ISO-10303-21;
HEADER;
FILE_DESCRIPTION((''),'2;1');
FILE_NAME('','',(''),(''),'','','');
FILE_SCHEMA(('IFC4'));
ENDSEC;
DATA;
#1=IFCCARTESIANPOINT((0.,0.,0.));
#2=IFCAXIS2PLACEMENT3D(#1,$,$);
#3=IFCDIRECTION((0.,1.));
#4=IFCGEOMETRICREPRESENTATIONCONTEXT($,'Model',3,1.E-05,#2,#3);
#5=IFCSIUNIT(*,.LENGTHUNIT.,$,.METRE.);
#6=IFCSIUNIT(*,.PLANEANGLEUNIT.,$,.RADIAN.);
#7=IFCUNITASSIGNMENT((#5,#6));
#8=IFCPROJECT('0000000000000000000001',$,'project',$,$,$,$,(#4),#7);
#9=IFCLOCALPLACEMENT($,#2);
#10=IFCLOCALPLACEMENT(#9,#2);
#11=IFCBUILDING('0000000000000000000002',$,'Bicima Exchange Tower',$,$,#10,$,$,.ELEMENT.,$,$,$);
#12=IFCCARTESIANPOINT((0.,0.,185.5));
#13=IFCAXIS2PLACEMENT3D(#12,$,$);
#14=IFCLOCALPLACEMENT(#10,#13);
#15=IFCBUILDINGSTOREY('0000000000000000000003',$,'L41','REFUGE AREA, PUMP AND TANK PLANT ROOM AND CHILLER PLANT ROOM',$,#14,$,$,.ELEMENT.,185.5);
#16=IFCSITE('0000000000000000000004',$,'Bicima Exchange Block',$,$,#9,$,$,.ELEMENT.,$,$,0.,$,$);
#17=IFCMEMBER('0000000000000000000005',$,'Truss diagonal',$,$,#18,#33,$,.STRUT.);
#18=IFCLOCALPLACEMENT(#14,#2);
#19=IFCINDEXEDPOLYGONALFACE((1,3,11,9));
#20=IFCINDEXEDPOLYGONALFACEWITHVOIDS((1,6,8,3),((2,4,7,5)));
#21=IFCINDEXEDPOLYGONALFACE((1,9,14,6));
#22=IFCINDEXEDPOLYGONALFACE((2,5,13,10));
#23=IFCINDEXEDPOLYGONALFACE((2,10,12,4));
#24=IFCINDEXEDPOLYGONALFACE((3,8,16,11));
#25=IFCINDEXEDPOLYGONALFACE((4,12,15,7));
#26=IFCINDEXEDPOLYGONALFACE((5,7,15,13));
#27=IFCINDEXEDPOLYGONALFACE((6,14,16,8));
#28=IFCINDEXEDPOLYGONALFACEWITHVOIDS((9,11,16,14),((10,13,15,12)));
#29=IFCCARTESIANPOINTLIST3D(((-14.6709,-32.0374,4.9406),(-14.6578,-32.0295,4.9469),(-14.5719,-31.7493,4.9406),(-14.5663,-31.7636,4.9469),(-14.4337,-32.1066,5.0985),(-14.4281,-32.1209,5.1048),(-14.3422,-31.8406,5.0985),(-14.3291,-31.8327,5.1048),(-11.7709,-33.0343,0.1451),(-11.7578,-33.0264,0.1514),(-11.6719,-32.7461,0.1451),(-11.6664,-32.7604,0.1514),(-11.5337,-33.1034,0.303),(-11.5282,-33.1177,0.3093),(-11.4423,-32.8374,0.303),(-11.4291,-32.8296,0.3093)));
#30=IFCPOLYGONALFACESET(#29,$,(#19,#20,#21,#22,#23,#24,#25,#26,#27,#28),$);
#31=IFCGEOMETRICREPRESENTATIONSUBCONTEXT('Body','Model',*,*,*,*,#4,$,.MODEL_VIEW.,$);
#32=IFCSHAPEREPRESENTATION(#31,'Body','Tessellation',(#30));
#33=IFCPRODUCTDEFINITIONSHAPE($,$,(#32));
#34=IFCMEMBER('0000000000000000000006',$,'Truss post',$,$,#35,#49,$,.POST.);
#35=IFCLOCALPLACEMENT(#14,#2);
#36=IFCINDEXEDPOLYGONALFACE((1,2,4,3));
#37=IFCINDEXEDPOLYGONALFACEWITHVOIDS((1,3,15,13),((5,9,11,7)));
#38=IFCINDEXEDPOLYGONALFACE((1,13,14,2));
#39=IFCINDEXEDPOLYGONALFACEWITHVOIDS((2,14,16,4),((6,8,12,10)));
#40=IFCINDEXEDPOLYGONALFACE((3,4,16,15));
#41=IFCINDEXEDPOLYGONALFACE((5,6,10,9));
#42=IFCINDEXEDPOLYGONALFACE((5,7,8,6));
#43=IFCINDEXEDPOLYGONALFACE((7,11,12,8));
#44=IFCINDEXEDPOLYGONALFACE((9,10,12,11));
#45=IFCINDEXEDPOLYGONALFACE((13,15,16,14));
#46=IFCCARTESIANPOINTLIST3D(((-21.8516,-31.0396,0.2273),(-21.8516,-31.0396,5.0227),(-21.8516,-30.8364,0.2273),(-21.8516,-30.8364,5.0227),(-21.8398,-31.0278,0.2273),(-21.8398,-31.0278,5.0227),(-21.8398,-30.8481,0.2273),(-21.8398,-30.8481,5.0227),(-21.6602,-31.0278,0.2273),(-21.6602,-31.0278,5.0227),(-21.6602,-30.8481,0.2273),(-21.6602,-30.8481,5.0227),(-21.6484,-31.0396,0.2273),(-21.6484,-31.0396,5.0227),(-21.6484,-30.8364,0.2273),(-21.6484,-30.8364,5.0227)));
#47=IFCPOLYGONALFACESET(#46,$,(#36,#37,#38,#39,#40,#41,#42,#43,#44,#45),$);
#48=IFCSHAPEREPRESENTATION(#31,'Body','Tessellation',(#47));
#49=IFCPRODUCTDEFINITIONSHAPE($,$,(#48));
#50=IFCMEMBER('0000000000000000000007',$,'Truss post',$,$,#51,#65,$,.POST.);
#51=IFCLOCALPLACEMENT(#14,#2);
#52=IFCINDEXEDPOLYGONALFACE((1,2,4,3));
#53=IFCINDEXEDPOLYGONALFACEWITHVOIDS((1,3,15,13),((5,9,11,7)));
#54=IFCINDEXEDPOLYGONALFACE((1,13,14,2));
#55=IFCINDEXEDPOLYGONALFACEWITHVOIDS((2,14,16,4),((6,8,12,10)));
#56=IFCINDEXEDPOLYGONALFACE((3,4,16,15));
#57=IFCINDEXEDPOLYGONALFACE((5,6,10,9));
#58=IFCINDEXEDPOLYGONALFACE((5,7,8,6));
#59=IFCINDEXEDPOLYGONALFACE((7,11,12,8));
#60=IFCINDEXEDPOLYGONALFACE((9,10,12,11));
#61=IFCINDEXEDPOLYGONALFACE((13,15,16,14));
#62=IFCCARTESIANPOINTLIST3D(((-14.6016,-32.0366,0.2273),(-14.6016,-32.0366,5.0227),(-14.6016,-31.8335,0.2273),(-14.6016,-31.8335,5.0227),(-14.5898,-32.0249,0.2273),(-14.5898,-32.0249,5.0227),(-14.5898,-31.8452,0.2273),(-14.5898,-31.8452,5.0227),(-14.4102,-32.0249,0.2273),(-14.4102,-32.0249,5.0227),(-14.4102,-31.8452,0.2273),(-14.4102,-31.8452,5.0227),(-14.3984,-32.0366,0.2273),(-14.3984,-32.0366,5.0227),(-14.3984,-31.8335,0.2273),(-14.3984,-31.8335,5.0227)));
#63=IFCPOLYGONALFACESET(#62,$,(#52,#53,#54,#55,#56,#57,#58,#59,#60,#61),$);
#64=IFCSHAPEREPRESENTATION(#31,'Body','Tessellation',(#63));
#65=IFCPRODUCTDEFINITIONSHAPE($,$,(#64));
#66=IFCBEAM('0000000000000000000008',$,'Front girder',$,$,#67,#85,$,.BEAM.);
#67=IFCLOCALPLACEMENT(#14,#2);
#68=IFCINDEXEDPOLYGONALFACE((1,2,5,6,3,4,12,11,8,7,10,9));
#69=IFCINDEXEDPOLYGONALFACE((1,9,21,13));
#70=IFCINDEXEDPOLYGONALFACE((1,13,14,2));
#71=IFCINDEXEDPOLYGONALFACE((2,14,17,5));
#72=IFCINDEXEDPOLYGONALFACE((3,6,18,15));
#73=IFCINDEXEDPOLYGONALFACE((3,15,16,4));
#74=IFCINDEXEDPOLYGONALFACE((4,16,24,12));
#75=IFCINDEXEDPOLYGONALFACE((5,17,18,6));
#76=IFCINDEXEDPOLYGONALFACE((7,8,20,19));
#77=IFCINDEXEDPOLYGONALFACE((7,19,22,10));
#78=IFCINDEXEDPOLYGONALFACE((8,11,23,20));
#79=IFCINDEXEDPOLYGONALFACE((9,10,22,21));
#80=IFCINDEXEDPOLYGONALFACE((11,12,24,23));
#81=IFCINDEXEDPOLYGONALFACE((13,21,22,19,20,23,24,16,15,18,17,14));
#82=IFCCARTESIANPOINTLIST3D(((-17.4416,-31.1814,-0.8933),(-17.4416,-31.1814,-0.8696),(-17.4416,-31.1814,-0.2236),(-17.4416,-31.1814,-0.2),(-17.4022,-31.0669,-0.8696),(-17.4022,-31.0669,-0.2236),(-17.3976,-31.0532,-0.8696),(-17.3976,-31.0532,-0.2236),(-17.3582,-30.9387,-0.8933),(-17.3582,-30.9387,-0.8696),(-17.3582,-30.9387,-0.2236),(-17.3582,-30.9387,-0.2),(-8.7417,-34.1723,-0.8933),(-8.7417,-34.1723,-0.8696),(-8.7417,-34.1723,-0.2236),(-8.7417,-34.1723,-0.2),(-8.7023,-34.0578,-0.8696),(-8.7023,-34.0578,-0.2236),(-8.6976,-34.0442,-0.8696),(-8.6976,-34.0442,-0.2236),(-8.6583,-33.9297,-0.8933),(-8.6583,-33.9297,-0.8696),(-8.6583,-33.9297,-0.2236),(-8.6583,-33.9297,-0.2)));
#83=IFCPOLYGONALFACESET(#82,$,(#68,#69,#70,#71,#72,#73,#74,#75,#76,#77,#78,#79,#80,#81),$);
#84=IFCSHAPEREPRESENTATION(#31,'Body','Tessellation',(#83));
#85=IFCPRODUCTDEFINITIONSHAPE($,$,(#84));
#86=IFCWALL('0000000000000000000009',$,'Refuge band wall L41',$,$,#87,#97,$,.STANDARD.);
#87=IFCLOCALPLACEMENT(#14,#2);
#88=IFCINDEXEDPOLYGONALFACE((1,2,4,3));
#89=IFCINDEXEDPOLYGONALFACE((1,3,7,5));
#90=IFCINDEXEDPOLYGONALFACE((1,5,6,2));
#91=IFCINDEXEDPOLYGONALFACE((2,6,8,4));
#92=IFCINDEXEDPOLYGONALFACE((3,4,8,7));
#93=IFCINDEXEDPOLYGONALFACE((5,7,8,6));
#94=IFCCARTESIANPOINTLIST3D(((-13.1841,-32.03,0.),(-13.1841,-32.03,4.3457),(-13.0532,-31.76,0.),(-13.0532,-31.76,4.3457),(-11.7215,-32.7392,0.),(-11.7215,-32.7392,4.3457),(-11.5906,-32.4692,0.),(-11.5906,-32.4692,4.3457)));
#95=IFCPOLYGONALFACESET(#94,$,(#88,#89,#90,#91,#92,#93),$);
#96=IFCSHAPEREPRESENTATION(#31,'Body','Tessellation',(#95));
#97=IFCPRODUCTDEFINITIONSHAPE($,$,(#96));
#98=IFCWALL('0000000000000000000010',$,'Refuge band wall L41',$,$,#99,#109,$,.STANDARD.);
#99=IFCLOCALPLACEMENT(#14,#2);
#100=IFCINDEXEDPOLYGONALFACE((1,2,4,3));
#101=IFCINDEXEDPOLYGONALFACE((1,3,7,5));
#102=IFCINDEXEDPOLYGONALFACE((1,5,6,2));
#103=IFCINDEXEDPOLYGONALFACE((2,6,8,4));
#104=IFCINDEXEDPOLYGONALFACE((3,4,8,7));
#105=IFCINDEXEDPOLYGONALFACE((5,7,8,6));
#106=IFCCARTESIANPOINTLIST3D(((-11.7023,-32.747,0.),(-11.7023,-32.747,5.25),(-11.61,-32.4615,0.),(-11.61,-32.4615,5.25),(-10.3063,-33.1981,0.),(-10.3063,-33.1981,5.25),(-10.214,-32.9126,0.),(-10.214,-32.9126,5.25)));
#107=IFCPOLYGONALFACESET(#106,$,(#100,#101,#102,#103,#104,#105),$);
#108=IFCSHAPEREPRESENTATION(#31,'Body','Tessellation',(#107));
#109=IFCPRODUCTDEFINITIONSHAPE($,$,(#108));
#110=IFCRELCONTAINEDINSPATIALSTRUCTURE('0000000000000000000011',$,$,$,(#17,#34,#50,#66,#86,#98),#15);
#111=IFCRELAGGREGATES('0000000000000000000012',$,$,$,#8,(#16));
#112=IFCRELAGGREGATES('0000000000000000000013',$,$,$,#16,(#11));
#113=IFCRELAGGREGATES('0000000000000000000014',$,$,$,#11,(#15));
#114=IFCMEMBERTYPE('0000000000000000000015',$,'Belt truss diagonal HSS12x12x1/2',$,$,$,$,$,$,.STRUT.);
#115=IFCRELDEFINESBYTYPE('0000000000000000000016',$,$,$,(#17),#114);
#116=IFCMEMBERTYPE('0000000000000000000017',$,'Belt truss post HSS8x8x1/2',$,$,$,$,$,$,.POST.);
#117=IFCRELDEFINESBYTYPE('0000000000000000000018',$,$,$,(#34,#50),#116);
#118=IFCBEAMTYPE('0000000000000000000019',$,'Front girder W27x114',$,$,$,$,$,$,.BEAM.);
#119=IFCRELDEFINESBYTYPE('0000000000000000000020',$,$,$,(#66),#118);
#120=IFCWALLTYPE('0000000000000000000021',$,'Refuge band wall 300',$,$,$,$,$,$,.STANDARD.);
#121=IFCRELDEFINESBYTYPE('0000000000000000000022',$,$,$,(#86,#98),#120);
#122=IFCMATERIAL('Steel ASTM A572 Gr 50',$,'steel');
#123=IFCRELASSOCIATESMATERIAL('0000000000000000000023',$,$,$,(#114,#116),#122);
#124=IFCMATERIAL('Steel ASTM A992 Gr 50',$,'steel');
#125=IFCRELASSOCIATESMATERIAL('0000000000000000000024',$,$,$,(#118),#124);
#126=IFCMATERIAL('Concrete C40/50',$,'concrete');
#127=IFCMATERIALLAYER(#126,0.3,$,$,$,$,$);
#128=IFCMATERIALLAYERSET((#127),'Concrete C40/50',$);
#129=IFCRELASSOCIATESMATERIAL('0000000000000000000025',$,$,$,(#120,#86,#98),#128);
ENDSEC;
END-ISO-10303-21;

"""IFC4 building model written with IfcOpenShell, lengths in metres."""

from ifc_helpers import new_model, si_unit, direction, frame, frame_2d, origin, origin_2d, place, context, subcontext, project, spatial, rectangle, hollow_rectangle, i_section, extrude, material, layer, layer_set, layer_usage, material_profile, profile_set, type_object, element, save


model = new_model("IFC4")

# Units and contexts
model_context = context("Model", 3, precision=1e-05, world=origin(), true_north=direction((0.0, 1.0)))
body_context = subcontext(model_context, "Body", "Model", "MODEL_VIEW")
ifc_project = project(units=[si_unit("LENGTHUNIT", "METRE"), si_unit("PLANEANGLEUNIT", "RADIAN")], contexts=[model_context])

# Site, building, storey
site_placement = place(None, origin())
site = spatial("IfcSite", under=ifc_project, at=site_placement, Name="Bicima Exchange Block", CompositionType="ELEMENT", RefElevation=0.0)
building_placement = place(site_placement, origin())
building = spatial("IfcBuilding", under=site, at=building_placement, Name="Bicima Exchange Tower", CompositionType="ELEMENT")
storey_placement = place(building_placement, frame((0.0, 0.0, 185.5)))
storey = spatial("IfcBuildingStorey", under=building, at=storey_placement, Name="L41", Description="REFUGE AREA, PUMP AND TANK PLANT ROOM AND CHILLER PLANT ROOM", CompositionType="ELEMENT", Elevation=185.5)

# Shared definitions
ifc_material_1 = material(Name="Steel ASTM A992 Gr 50", Category="steel")

# Members
ifc_material_2 = material(Name="Steel ASTM A572 Gr 50", Category="steel")
ifc_material_profile_1 = material_profile(ifc_material_2, hollow_rectangle(XDim=0.3047, YDim=0.3047, WallThickness=0.0117, at=origin_2d()))
ifc_profile_set_1 = profile_set([ifc_material_profile_1], Name="Steel ASTM A572 Gr 50")
member_type_1 = type_object("IfcMemberType", Name="Belt truss diagonal HSS12x12x1/2", PredefinedType="STRUT", material=ifc_profile_set_1)
for number, where, z_axis, x_axis, name in (
    (1, (-14.5, -31.9351, 5.0227), (0.509468, -0.175127, -0.84248), (0.325075, 0.945688, 0.0), "Truss diagonal"),
):
    element("IfcMember", number, at=place(storey_placement, frame(where, z_axis=z_axis, x_axis=x_axis)), inside=storey, type_object=member_type_1, Name=name, PredefinedType="STRUT", context=body_context, shape_type="SweptSolid", body=[
        extrude(hollow_rectangle(XDim=0.3047, YDim=0.3047, WallThickness=0.0117, at=origin_2d()), origin(), (0.0, 0.0, 1.0), 5.6921),
    ])
ifc_material_profile_2 = material_profile(ifc_material_2, hollow_rectangle(XDim=0.2031, YDim=0.2031, WallThickness=0.0117, at=origin_2d()))
ifc_profile_set_2 = profile_set([ifc_material_profile_2], Name="Steel ASTM A572 Gr 50")
member_type_2 = type_object("IfcMemberType", Name="Belt truss post HSS8x8x1/2", PredefinedType="POST", material=ifc_profile_set_2)
for number, where, z_axis, x_axis, name in (
    (2, (-21.75, -30.938, 0.2273), (0.0, 0.0, 1.0), (1.0, 0.0, 0.0), "Truss post"),
    (3, (-14.5, -31.9351, 0.2273), (0.0, 0.0, 1.0), (1.0, 0.0, 0.0), "Truss post"),
):
    element("IfcMember", number, at=place(storey_placement, frame(where, z_axis=z_axis, x_axis=x_axis)), inside=storey, type_object=member_type_2, Name=name, PredefinedType="POST", context=body_context, shape_type="SweptSolid", body=[
        extrude(hollow_rectangle(XDim=0.2031, YDim=0.2031, WallThickness=0.0117, at=origin_2d()), origin(), (0.0, 0.0, 1.0), 4.7954),
    ])

# Beam
ifc_material_profile_3 = material_profile(ifc_material_1, i_section(OverallWidth=0.2566, OverallDepth=0.6934, WebThickness=0.0144, FlangeThickness=0.0237, at=origin_2d()))
ifc_profile_set_3 = profile_set([ifc_material_profile_3], Name="Steel ASTM A992 Gr 50")
beam_type = type_object("IfcBeamType", Name="Front girder W27x114", PredefinedType="BEAM", material=ifc_profile_set_3)
beam_placement = place(storey_placement, frame((-17.3999, -31.0601, -0.5466), z_axis=(0.945675, -0.325115, 0.0), x_axis=(0.325115, 0.945675, 0.0)))
element("IfcBeam", 4, at=beam_placement, inside=storey, type_object=beam_type, Name="Front girder", PredefinedType="BEAM", context=body_context, shape_type="SweptSolid", body=[
    extrude(i_section(OverallWidth=0.2566, OverallDepth=0.6934, WebThickness=0.0144, FlangeThickness=0.0237, at=origin_2d()), origin(), (0.0, 0.0, 1.0), 9.1997),
])

# Walls
ifc_material_3 = material(Name="Concrete C40/50", Category="concrete")
ifc_layer = layer(ifc_material_3, 0.3)
ifc_layer_set = layer_set([ifc_layer], Name="Concrete C40/50")
ifc_layer_usage = layer_usage(ifc_layer_set, "AXIS2", "POSITIVE", -0.15)
wall_type = type_object("IfcWallType", Name="Refuge band wall 300", PredefinedType="STANDARD", material=ifc_layer_set)
wall_1_placement = place(storey_placement, frame((-13.1187, -31.895, 0.0), z_axis=(0.0, 0.0, 1.0), x_axis=(0.899798, -0.436307, 0.0)))
element("IfcWall", 5, at=wall_1_placement, inside=storey, type_object=wall_type, material=ifc_layer_usage, Name="Refuge band wall L41", PredefinedType="STANDARD", context=body_context, shape_type="SweptSolid", body=[
    extrude(rectangle(XDim=1.6255, YDim=0.3, at=frame_2d((0.8127, 0.0))), origin(), (0.0, 0.0, 1.0), 4.3457),
])
wall_2_placement = place(storey_placement, frame((-11.656, -32.6042, 0.0), z_axis=(0.0, 0.0, 1.0), x_axis=(0.951539, -0.307528, 0.0)))
element("IfcWall", 6, at=wall_2_placement, inside=storey, type_object=wall_type, material=ifc_layer_usage, Name="Refuge band wall L41", PredefinedType="STANDARD", context=body_context, shape_type="SweptSolid", body=[
    extrude(rectangle(XDim=1.467, YDim=0.3, at=frame_2d((0.7334, 0.0))), origin(), (0.0, 0.0, 1.0), 5.25),
])

save(model, "model.ifc")
